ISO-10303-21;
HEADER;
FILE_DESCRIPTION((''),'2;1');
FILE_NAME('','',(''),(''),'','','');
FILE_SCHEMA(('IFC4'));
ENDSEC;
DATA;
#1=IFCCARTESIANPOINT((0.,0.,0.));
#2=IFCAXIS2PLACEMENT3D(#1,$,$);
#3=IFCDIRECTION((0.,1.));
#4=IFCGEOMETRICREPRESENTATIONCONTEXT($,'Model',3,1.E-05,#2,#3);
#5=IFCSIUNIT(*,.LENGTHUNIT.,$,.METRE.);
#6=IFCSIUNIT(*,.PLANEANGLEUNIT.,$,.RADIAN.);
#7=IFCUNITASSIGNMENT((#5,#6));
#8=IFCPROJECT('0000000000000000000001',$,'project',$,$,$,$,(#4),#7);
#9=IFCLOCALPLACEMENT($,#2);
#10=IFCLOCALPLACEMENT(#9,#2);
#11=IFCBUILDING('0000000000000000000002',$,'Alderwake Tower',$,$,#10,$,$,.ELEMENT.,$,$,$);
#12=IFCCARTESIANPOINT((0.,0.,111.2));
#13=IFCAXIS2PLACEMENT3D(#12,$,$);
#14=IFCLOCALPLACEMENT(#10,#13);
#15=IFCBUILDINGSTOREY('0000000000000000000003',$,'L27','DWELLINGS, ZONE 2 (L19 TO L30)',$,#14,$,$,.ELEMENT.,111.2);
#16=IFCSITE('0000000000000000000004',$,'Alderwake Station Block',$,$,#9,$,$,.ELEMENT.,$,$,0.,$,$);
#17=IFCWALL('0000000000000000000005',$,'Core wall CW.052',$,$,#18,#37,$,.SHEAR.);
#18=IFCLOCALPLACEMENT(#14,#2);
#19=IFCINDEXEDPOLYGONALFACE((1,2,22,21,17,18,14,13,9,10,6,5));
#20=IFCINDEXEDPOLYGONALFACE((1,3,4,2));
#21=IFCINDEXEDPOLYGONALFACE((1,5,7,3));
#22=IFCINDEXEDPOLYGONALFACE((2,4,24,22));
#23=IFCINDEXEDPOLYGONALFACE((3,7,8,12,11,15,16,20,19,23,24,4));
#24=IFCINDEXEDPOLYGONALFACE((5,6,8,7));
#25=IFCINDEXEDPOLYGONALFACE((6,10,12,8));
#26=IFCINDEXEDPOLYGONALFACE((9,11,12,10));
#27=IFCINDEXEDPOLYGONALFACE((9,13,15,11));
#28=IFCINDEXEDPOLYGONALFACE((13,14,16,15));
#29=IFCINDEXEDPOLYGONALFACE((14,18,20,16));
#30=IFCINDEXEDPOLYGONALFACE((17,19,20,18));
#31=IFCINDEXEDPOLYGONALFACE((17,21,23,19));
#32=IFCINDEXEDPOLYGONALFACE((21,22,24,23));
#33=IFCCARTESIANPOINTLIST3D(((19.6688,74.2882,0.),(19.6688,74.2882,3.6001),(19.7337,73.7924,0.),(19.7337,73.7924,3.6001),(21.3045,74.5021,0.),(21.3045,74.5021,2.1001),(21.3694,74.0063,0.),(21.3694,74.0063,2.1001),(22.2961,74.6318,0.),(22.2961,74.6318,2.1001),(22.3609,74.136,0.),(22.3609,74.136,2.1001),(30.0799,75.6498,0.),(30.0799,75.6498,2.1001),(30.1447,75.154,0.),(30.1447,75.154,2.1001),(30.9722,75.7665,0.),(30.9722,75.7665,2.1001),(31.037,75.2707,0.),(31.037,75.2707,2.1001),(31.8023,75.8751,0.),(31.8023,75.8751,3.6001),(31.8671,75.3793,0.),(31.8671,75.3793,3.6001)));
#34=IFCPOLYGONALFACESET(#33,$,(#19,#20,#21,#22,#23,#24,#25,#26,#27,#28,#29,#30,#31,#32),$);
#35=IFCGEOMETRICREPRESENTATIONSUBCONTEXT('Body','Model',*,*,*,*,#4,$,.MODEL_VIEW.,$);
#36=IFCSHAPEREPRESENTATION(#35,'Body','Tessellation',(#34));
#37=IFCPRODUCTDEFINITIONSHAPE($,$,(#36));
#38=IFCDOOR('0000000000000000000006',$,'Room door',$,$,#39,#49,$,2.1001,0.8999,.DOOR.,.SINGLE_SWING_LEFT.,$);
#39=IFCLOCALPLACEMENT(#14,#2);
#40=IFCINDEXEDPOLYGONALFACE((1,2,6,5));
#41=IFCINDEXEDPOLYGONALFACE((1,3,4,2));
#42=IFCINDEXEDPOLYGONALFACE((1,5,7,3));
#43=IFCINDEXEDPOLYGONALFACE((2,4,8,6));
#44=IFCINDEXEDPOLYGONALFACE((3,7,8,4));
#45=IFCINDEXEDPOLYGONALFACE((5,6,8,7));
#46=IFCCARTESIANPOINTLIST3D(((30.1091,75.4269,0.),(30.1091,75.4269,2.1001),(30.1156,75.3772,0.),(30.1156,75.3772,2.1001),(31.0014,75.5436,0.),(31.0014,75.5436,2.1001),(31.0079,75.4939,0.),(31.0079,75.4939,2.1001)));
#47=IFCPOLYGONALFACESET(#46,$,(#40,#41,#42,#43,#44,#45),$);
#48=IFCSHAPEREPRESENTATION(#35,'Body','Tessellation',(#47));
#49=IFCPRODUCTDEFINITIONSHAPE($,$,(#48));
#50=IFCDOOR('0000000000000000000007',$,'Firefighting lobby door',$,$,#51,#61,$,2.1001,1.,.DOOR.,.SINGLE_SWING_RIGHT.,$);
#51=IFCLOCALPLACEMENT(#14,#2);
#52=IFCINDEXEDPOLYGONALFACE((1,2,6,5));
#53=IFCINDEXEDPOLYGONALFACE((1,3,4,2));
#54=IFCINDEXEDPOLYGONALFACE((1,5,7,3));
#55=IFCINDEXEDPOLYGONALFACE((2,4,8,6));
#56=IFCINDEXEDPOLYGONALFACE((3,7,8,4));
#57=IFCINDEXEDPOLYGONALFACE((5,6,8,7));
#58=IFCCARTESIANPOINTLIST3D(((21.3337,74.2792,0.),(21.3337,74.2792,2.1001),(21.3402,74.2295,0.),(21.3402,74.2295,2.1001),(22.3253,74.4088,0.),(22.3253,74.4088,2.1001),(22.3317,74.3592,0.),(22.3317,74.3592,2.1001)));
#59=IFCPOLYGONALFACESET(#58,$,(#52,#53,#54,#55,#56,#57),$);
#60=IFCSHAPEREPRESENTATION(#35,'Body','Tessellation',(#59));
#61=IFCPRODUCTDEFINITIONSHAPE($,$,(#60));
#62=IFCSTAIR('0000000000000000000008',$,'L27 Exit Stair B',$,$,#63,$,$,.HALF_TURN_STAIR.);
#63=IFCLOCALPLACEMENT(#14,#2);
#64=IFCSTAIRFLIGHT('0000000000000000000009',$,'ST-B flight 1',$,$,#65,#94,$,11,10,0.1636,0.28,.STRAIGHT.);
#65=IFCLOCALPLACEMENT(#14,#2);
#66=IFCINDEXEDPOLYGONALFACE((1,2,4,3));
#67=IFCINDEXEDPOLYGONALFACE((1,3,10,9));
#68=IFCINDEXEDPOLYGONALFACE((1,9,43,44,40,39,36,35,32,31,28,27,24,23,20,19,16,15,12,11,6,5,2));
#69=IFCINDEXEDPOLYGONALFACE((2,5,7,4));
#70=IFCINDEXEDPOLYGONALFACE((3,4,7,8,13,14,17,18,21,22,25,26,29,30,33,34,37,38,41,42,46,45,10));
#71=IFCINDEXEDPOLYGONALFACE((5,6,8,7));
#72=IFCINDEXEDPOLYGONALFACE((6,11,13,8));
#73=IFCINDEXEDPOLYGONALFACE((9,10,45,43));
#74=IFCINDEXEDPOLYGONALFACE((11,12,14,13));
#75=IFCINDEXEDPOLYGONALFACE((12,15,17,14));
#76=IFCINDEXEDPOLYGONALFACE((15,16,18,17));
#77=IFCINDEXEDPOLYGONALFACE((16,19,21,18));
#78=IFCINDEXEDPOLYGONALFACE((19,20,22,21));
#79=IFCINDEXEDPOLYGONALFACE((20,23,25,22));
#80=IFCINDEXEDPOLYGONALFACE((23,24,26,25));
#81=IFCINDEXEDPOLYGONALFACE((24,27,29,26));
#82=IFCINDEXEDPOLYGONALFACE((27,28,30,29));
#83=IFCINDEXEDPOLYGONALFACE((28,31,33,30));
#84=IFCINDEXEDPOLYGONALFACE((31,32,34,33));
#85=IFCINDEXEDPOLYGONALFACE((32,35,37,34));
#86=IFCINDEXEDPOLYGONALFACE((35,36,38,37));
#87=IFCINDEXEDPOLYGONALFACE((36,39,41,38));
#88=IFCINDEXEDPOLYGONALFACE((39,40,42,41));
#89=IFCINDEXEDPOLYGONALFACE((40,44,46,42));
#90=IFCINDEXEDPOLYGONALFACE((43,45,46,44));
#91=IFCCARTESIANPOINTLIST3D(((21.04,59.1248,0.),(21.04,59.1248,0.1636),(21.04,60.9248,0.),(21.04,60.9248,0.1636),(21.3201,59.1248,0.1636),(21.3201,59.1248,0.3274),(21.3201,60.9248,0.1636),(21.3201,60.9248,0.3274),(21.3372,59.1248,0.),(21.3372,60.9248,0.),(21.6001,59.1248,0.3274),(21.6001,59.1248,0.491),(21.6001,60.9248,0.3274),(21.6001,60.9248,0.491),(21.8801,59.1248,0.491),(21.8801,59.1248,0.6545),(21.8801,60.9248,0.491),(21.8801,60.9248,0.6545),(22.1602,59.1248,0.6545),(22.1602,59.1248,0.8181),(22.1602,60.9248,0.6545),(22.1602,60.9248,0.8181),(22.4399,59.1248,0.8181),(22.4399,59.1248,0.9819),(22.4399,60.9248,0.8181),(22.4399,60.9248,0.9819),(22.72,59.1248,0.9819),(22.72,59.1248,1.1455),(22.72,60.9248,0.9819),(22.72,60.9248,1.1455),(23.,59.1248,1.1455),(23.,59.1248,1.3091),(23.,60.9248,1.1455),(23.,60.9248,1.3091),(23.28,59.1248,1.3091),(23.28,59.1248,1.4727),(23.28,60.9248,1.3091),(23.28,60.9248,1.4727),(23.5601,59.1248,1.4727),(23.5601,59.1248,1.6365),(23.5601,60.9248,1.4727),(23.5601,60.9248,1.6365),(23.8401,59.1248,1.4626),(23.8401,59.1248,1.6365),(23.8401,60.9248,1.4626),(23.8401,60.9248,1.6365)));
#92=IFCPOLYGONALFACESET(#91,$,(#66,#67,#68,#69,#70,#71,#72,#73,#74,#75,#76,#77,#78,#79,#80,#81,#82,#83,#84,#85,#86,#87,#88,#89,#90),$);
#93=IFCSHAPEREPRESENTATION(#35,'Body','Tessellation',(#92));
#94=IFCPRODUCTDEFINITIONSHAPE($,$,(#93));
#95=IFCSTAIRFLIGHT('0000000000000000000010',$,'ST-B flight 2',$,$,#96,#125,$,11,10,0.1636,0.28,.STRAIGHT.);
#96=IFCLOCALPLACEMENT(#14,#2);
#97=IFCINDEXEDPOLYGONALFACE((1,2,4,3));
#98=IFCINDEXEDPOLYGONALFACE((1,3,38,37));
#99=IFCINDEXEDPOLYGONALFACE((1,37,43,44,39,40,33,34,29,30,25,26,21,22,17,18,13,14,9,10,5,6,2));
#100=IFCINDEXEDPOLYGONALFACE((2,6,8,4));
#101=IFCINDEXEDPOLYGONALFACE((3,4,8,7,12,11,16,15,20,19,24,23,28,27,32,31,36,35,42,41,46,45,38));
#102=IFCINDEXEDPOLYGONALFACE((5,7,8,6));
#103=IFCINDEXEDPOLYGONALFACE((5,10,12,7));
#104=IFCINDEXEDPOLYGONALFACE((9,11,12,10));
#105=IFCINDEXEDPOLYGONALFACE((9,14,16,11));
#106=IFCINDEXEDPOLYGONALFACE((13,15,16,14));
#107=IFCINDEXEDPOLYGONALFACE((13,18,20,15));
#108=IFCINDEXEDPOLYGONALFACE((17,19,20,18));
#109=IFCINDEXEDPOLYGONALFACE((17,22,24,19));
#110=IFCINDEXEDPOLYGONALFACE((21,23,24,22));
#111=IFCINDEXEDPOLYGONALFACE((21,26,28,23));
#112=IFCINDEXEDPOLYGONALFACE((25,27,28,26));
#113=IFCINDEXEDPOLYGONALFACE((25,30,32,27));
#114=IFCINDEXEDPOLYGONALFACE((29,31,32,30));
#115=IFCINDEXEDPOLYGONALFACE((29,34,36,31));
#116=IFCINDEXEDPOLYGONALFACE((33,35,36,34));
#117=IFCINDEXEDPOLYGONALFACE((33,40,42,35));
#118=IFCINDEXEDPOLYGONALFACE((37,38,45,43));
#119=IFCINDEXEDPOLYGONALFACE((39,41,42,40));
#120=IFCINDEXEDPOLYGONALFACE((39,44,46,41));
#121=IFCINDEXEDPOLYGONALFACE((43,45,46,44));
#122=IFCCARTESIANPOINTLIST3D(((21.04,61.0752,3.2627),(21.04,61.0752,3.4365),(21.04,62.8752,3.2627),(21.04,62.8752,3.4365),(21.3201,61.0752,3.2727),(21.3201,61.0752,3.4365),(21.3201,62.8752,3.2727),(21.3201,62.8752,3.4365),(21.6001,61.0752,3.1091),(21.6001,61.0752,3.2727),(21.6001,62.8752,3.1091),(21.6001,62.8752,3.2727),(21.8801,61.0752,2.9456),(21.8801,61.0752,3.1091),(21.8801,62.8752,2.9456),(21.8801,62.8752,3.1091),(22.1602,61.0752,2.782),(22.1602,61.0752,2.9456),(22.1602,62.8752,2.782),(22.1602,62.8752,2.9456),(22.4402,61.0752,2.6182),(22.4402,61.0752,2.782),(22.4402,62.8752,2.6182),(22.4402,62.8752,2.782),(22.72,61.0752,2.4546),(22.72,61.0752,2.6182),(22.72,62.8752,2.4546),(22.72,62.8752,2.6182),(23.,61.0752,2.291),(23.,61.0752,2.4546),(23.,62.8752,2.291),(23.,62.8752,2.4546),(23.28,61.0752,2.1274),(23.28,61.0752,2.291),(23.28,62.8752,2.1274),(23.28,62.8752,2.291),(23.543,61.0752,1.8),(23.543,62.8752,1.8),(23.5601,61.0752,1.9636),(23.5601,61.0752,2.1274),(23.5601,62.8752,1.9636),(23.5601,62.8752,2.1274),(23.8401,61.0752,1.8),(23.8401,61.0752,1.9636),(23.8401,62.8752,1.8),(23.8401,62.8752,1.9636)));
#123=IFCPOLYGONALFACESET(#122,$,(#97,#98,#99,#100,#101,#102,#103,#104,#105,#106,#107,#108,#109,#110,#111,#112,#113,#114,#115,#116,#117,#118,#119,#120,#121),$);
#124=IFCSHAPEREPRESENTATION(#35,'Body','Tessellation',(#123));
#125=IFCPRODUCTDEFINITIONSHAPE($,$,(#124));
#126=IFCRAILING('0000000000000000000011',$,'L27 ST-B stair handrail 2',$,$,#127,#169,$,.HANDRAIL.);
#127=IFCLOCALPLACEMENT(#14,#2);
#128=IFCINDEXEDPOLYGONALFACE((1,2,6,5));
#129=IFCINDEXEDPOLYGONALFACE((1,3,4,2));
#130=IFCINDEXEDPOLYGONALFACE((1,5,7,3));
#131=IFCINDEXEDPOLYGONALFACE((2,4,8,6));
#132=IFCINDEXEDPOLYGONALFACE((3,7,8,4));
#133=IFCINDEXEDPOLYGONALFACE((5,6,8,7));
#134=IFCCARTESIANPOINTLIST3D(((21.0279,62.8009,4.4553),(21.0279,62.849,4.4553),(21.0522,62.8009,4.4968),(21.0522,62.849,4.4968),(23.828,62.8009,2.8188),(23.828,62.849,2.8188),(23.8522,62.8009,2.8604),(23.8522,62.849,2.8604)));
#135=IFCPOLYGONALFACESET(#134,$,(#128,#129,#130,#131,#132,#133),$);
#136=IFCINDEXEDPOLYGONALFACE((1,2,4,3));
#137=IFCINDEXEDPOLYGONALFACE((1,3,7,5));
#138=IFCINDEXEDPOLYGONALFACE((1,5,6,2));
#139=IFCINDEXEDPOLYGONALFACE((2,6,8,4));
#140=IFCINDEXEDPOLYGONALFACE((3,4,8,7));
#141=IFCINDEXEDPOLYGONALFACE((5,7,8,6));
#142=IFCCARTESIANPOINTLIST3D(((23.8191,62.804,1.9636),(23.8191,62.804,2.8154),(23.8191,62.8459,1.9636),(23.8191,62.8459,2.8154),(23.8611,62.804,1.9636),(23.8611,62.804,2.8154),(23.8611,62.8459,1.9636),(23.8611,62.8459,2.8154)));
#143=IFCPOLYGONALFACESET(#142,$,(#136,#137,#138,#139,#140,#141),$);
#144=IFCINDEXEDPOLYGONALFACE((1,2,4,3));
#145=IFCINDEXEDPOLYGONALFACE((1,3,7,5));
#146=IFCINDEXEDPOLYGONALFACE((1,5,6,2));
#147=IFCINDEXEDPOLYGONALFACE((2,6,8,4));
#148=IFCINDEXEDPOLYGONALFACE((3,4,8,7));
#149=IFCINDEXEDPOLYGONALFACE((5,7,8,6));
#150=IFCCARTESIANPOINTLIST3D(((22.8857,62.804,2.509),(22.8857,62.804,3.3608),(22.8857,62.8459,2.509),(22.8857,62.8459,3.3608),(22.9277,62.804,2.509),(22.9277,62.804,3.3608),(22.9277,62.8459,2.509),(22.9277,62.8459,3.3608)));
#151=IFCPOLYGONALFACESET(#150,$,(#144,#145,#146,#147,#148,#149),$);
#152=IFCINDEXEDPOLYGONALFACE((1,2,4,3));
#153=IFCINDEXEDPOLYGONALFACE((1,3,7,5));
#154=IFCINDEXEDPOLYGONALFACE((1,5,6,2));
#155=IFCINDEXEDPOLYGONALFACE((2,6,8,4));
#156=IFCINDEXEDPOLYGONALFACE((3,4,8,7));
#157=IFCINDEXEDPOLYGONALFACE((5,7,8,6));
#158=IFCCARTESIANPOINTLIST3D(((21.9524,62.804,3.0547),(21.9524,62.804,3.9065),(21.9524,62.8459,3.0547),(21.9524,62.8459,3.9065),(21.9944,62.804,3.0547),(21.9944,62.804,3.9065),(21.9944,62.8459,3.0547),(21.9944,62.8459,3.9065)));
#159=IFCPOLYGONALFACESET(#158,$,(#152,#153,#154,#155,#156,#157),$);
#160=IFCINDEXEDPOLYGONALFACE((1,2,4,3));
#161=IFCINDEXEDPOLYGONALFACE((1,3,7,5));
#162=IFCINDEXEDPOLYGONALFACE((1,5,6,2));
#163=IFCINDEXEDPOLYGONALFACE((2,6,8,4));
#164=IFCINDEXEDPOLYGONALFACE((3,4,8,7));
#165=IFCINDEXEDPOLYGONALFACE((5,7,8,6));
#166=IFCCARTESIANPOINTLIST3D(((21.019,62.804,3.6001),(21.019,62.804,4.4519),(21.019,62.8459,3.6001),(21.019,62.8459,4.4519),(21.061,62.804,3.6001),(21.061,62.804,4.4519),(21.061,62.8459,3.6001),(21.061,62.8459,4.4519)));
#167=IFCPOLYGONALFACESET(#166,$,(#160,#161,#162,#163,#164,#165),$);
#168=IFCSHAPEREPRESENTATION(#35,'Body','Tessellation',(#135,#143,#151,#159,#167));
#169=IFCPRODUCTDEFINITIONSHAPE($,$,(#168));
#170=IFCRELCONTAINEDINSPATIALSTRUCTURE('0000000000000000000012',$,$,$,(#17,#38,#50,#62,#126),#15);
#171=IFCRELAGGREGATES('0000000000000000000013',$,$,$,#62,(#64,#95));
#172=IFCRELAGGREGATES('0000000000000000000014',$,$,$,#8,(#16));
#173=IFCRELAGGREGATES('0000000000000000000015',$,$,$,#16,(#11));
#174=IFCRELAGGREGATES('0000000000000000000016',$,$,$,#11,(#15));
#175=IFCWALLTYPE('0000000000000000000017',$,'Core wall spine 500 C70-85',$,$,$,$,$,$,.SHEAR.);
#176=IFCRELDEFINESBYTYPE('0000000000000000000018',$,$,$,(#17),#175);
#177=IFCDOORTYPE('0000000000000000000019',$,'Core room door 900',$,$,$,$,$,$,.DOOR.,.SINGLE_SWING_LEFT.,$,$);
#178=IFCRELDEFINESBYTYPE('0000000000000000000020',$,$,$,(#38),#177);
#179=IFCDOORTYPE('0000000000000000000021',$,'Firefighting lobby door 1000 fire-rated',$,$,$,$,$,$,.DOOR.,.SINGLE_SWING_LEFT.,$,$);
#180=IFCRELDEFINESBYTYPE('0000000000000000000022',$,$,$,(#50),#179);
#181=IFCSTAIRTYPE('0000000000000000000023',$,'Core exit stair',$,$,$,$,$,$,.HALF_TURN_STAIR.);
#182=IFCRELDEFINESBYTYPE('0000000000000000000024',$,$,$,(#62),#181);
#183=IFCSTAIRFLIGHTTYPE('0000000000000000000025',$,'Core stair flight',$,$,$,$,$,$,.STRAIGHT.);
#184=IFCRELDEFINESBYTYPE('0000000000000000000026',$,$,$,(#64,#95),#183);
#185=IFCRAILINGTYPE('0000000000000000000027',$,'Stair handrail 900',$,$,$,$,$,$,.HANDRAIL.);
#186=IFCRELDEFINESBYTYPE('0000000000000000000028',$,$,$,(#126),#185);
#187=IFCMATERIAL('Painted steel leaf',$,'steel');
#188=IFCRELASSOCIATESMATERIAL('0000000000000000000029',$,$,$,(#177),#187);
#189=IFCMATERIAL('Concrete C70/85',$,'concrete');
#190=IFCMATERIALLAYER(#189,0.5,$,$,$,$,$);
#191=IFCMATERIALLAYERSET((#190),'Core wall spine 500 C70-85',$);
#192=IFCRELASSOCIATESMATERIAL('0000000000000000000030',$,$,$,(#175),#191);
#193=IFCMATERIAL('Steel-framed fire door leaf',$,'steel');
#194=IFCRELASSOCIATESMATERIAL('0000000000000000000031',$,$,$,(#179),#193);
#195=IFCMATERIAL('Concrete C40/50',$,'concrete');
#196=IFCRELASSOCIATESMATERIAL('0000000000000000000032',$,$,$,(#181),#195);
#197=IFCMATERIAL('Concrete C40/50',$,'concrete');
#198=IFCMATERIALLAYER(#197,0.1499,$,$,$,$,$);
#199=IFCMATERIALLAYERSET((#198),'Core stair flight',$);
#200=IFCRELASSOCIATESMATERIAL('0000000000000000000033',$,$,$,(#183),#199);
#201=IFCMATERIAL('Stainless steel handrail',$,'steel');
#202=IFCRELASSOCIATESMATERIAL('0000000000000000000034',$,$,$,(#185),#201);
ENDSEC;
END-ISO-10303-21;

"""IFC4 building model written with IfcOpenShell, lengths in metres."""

from ifc_helpers import new_model, si_unit, direction, frame, frame_2d, origin, origin_2d, place, context, subcontext, project, spatial, polyline, rectangle, outline, extrude, material, layer, layer_set, type_object, element, fill, aggregate, save


model = new_model("IFC4")

# Units and contexts
model_context = context("Model", 3, precision=1e-05, world=origin(), true_north=direction((0.0, 1.0)))
body_context = subcontext(model_context, "Body", "Model", "MODEL_VIEW")
ifc_project = project(units=[si_unit("LENGTHUNIT", "METRE"), si_unit("PLANEANGLEUNIT", "RADIAN")], contexts=[model_context])

# Site, building, storey
site_placement = place(None, origin())
site = spatial("IfcSite", under=ifc_project, at=site_placement, Name="Alderwake Station Block", CompositionType="ELEMENT", RefElevation=0.0)
building_placement = place(site_placement, origin())
building = spatial("IfcBuilding", under=site, at=building_placement, Name="Alderwake Tower", CompositionType="ELEMENT")
storey_placement = place(building_placement, frame((0.0, 0.0, 111.2)))
storey = spatial("IfcBuildingStorey", under=building, at=storey_placement, Name="L27", Description="DWELLINGS, ZONE 2 (L19 TO L30)", CompositionType="ELEMENT", Elevation=111.2)

# Shared definitions
ifc_material_1 = material(Name="Painted steel leaf", Category="steel")
door_type_1 = type_object("IfcDoorType", Name="Core room door 900", OperationType="SINGLE_SWING_LEFT", PredefinedType="DOOR", material=ifc_material_1)

# Shared definitions
ifc_material_2 = material(Name="Concrete C70/85", Category="concrete")
ifc_layer_1 = layer(ifc_material_2, 0.5)
ifc_layer_set_1 = layer_set([ifc_layer_1], Name="Core wall spine 500 C70-85")
wall_type_1 = type_object("IfcWallType", Name="Core wall spine 500 C70-85", PredefinedType="SHEAR", material=ifc_layer_set_1)

# Wall, openings, doors
wall_1_placement = place(storey_placement, frame((31.8347, 75.6272, 0.0), z_axis=(0.0, 0.0, 1.0), x_axis=(-0.991556, -0.129683, 0.0)))
wall_1 = element("IfcWall", 1, at=wall_1_placement, inside=storey, type_object=wall_type_1, Name="Core wall CW.052", PredefinedType="SHEAR", context=body_context, shape_type="SweptSolid", body=[
    extrude(rectangle(XDim=12.2368, YDim=0.5, at=frame_2d((6.1184, 0.0))), origin(), (0.0, 0.0, 1.0), 3.6001),
])
opening_1_placement = place(wall_1_placement, frame((9.5872, 0.0, 0.0)))
opening_1 = element("IfcOpeningElement", 2, at=opening_1_placement, cuts=wall_1, PredefinedType="OPENING", context=body_context, shape_type="SweptSolid", body=[
    extrude(rectangle(XDim=1.0, YDim=2.1001, at=frame_2d((0.5, 1.05))), frame((0.0, 0.26, 0.0), z_axis=(0.0, -1.0, 0.0), x_axis=(1.0, 0.0, 0.0)), (0.0, 0.0, 1.0), 0.52),
])
opening_2_placement = place(wall_1_placement, frame((0.8372, 0.0, 0.0)))
opening_2 = element("IfcOpeningElement", 3, at=opening_2_placement, cuts=wall_1, PredefinedType="OPENING", context=body_context, shape_type="SweptSolid", body=[
    extrude(rectangle(XDim=0.8999, YDim=2.1001, at=frame_2d((0.45, 1.05))), frame((0.0, 0.26, 0.0), z_axis=(0.0, -1.0, 0.0), x_axis=(1.0, 0.0, 0.0)), (0.0, 0.0, 1.0), 0.52),
])
door_1_placement = place(opening_2_placement, origin())
door_1 = element("IfcDoor", 4, at=door_1_placement, inside=storey, type_object=door_type_1, Name="Room door", OperationType="SINGLE_SWING_LEFT", OverallHeight=2.1001, OverallWidth=0.8999, PredefinedType="DOOR", context=body_context, shape_type="SweptSolid", body=[
    extrude(rectangle(XDim=0.8999, YDim=2.1001, at=frame_2d((0.45, 1.05))), frame((0.0, 0.0249, 0.0), z_axis=(0.0, -1.0, 0.0), x_axis=(1.0, 0.0, 0.0)), (0.0, 0.0, 1.0), 0.05),
])
fill(opening_2, door_1)
ifc_material_3 = material(Name="Steel-framed fire door leaf", Category="steel")
door_type_2 = type_object("IfcDoorType", Name="Firefighting lobby door 1000 fire-rated", OperationType="SINGLE_SWING_LEFT", PredefinedType="DOOR", material=ifc_material_3)
door_2_placement = place(opening_1_placement, origin())
door_2 = element("IfcDoor", 5, at=door_2_placement, inside=storey, type_object=door_type_2, Name="Firefighting lobby door", OperationType="SINGLE_SWING_RIGHT", OverallHeight=2.1001, OverallWidth=1.0, PredefinedType="DOOR", context=body_context, shape_type="SweptSolid", body=[
    extrude(rectangle(XDim=1.0, YDim=2.1001, at=frame_2d((0.5, 1.05))), frame((0.0, 0.0249, 0.0), z_axis=(0.0, -1.0, 0.0), x_axis=(1.0, 0.0, 0.0)), (0.0, 0.0, 1.0), 0.05),
])
fill(opening_1, door_2)

# Stair, stair flights
ifc_material_4 = material(Name="Concrete C40/50", Category="concrete")
stair_type = type_object("IfcStairType", Name="Core exit stair", PredefinedType="HALF_TURN_STAIR", material=ifc_material_4)
stair_placement = place(storey_placement, origin())
stair = element("IfcStair", 6, at=stair_placement, inside=storey, type_object=stair_type, Name="L27 Exit Stair B", PredefinedType="HALF_TURN_STAIR")
ifc_material_5 = material(Name="Concrete C40/50", Category="concrete")
ifc_layer_2 = layer(ifc_material_5, 0.1499)
ifc_layer_set_2 = layer_set([ifc_layer_2], Name="Core stair flight")
stair_flight_type = type_object("IfcStairFlightType", Name="Core stair flight", PredefinedType="STRAIGHT", material=ifc_layer_set_2)
stair_flight_1_placement = place(storey_placement, frame((21.04, 60.0249, 0.0), z_axis=(0.0, 0.0, 1.0), x_axis=(1.0, 0.0, 0.0)))
stair_flight_1 = element("IfcStairFlight", 7, at=stair_flight_1_placement, type_object=stair_flight_type, Name="ST-B flight 1", NumberOfRisers=11, NumberOfTreads=10, PredefinedType="STRAIGHT", RiserHeight=0.1636, TreadLength=0.28, context=body_context, shape_type="SweptSolid", body=[
    extrude(outline(polyline([(0.0, 0.0), (0.0, 0.1636), (0.28, 0.1636), (0.28, 0.3274), (0.5601, 0.3274), (0.5601, 0.491), (0.8401, 0.491), (0.8401, 0.6545), (1.1201, 0.6545), (1.1201, 0.8181), (1.3999, 0.8181), (1.3999, 0.9819), (1.6799, 0.9819), (1.6799, 1.1455), (1.96, 1.1455), (1.96, 1.3091), (2.24, 1.3091), (2.24, 1.4727), (2.52, 1.4727), (2.52, 1.6365), (2.8, 1.6365), (2.8, 1.8), (2.8, 1.4626), (0.2971, 0.0), (0.0, 0.0)])), frame((0.0, 0.8999, 0.0), z_axis=(0.0, -1.0, 0.0), x_axis=(1.0, 0.0, 0.0)), (0.0, 0.0, 1.0), 1.8),
])
stair_flight_2_placement = place(storey_placement, frame((23.8401, 61.9751, 1.8), z_axis=(0.0, 0.0, 1.0), x_axis=(-1.0, 0.0, 0.0)))
stair_flight_2 = element("IfcStairFlight", 8, at=stair_flight_2_placement, type_object=stair_flight_type, Name="ST-B flight 2", NumberOfRisers=11, NumberOfTreads=10, PredefinedType="STRAIGHT", RiserHeight=0.1636, TreadLength=0.28, context=body_context, shape_type="SweptSolid", body=[
    extrude(outline(polyline([(0.0, 0.0), (0.0, 0.1636), (0.28, 0.1636), (0.28, 0.3274), (0.5601, 0.3274), (0.5601, 0.491), (0.8401, 0.491), (0.8401, 0.6545), (1.1201, 0.6545), (1.1201, 0.8181), (1.3999, 0.8181), (1.3999, 0.9819), (1.6799, 0.9819), (1.6799, 1.1455), (1.96, 1.1455), (1.96, 1.3091), (2.24, 1.3091), (2.24, 1.4727), (2.52, 1.4727), (2.52, 1.6365), (2.8, 1.6365), (2.8, 1.8), (2.8, 1.4626), (0.2971, 0.0), (0.0, 0.0)])), frame((0.0, 0.8999, 0.0), z_axis=(0.0, -1.0, 0.0), x_axis=(1.0, 0.0, 0.0)), (0.0, 0.0, 1.0), 1.8),
])
aggregate(stair, [stair_flight_1, stair_flight_2])

# Railing
ifc_material_6 = material(Name="Stainless steel handrail", Category="steel")
railing_type = type_object("IfcRailingType", Name="Stair handrail 900", PredefinedType="HANDRAIL", material=ifc_material_6)
railing_placement = place(storey_placement, frame((23.8401, 62.825, 1.9636)))
element("IfcRailing", 9, at=railing_placement, inside=storey, type_object=railing_type, Name="L27 ST-B stair handrail 2", PredefinedType="HANDRAIL", context=body_context, shape_type="SweptSolid", body=[
    extrude(rectangle(XDim=0.0481, YDim=0.0481, at=origin_2d()), frame((0.0, 0.0, 0.876), z_axis=(-0.863361, 0.0, 0.504587), x_axis=(0.0, -1.0, 0.0)), (0.0, 0.0, 1.0), 3.2432),
    extrude(rectangle(XDim=0.042, YDim=0.042, at=origin_2d()), frame((0.0, 0.0, 0.0), z_axis=(0.0, 0.0, 1.0), x_axis=(-1.0, 0.0, 0.0)), (0.0, 0.0, 1.0), 0.8518),
    extrude(rectangle(XDim=0.042, YDim=0.042, at=origin_2d()), frame((-0.9333, 0.0, 0.5454), z_axis=(0.0, 0.0, 1.0), x_axis=(-1.0, 0.0, 0.0)), (0.0, 0.0, 1.0), 0.8518),
    extrude(rectangle(XDim=0.042, YDim=0.042, at=origin_2d()), frame((-1.8667, 0.0, 1.0911), z_axis=(0.0, 0.0, 1.0), x_axis=(-1.0, 0.0, 0.0)), (0.0, 0.0, 1.0), 0.8518),
    extrude(rectangle(XDim=0.042, YDim=0.042, at=origin_2d()), frame((-2.8, 0.0, 1.6365), z_axis=(0.0, 0.0, 1.0), x_axis=(-1.0, 0.0, 0.0)), (0.0, 0.0, 1.0), 0.8518),
])

save(model, "model.ifc")
